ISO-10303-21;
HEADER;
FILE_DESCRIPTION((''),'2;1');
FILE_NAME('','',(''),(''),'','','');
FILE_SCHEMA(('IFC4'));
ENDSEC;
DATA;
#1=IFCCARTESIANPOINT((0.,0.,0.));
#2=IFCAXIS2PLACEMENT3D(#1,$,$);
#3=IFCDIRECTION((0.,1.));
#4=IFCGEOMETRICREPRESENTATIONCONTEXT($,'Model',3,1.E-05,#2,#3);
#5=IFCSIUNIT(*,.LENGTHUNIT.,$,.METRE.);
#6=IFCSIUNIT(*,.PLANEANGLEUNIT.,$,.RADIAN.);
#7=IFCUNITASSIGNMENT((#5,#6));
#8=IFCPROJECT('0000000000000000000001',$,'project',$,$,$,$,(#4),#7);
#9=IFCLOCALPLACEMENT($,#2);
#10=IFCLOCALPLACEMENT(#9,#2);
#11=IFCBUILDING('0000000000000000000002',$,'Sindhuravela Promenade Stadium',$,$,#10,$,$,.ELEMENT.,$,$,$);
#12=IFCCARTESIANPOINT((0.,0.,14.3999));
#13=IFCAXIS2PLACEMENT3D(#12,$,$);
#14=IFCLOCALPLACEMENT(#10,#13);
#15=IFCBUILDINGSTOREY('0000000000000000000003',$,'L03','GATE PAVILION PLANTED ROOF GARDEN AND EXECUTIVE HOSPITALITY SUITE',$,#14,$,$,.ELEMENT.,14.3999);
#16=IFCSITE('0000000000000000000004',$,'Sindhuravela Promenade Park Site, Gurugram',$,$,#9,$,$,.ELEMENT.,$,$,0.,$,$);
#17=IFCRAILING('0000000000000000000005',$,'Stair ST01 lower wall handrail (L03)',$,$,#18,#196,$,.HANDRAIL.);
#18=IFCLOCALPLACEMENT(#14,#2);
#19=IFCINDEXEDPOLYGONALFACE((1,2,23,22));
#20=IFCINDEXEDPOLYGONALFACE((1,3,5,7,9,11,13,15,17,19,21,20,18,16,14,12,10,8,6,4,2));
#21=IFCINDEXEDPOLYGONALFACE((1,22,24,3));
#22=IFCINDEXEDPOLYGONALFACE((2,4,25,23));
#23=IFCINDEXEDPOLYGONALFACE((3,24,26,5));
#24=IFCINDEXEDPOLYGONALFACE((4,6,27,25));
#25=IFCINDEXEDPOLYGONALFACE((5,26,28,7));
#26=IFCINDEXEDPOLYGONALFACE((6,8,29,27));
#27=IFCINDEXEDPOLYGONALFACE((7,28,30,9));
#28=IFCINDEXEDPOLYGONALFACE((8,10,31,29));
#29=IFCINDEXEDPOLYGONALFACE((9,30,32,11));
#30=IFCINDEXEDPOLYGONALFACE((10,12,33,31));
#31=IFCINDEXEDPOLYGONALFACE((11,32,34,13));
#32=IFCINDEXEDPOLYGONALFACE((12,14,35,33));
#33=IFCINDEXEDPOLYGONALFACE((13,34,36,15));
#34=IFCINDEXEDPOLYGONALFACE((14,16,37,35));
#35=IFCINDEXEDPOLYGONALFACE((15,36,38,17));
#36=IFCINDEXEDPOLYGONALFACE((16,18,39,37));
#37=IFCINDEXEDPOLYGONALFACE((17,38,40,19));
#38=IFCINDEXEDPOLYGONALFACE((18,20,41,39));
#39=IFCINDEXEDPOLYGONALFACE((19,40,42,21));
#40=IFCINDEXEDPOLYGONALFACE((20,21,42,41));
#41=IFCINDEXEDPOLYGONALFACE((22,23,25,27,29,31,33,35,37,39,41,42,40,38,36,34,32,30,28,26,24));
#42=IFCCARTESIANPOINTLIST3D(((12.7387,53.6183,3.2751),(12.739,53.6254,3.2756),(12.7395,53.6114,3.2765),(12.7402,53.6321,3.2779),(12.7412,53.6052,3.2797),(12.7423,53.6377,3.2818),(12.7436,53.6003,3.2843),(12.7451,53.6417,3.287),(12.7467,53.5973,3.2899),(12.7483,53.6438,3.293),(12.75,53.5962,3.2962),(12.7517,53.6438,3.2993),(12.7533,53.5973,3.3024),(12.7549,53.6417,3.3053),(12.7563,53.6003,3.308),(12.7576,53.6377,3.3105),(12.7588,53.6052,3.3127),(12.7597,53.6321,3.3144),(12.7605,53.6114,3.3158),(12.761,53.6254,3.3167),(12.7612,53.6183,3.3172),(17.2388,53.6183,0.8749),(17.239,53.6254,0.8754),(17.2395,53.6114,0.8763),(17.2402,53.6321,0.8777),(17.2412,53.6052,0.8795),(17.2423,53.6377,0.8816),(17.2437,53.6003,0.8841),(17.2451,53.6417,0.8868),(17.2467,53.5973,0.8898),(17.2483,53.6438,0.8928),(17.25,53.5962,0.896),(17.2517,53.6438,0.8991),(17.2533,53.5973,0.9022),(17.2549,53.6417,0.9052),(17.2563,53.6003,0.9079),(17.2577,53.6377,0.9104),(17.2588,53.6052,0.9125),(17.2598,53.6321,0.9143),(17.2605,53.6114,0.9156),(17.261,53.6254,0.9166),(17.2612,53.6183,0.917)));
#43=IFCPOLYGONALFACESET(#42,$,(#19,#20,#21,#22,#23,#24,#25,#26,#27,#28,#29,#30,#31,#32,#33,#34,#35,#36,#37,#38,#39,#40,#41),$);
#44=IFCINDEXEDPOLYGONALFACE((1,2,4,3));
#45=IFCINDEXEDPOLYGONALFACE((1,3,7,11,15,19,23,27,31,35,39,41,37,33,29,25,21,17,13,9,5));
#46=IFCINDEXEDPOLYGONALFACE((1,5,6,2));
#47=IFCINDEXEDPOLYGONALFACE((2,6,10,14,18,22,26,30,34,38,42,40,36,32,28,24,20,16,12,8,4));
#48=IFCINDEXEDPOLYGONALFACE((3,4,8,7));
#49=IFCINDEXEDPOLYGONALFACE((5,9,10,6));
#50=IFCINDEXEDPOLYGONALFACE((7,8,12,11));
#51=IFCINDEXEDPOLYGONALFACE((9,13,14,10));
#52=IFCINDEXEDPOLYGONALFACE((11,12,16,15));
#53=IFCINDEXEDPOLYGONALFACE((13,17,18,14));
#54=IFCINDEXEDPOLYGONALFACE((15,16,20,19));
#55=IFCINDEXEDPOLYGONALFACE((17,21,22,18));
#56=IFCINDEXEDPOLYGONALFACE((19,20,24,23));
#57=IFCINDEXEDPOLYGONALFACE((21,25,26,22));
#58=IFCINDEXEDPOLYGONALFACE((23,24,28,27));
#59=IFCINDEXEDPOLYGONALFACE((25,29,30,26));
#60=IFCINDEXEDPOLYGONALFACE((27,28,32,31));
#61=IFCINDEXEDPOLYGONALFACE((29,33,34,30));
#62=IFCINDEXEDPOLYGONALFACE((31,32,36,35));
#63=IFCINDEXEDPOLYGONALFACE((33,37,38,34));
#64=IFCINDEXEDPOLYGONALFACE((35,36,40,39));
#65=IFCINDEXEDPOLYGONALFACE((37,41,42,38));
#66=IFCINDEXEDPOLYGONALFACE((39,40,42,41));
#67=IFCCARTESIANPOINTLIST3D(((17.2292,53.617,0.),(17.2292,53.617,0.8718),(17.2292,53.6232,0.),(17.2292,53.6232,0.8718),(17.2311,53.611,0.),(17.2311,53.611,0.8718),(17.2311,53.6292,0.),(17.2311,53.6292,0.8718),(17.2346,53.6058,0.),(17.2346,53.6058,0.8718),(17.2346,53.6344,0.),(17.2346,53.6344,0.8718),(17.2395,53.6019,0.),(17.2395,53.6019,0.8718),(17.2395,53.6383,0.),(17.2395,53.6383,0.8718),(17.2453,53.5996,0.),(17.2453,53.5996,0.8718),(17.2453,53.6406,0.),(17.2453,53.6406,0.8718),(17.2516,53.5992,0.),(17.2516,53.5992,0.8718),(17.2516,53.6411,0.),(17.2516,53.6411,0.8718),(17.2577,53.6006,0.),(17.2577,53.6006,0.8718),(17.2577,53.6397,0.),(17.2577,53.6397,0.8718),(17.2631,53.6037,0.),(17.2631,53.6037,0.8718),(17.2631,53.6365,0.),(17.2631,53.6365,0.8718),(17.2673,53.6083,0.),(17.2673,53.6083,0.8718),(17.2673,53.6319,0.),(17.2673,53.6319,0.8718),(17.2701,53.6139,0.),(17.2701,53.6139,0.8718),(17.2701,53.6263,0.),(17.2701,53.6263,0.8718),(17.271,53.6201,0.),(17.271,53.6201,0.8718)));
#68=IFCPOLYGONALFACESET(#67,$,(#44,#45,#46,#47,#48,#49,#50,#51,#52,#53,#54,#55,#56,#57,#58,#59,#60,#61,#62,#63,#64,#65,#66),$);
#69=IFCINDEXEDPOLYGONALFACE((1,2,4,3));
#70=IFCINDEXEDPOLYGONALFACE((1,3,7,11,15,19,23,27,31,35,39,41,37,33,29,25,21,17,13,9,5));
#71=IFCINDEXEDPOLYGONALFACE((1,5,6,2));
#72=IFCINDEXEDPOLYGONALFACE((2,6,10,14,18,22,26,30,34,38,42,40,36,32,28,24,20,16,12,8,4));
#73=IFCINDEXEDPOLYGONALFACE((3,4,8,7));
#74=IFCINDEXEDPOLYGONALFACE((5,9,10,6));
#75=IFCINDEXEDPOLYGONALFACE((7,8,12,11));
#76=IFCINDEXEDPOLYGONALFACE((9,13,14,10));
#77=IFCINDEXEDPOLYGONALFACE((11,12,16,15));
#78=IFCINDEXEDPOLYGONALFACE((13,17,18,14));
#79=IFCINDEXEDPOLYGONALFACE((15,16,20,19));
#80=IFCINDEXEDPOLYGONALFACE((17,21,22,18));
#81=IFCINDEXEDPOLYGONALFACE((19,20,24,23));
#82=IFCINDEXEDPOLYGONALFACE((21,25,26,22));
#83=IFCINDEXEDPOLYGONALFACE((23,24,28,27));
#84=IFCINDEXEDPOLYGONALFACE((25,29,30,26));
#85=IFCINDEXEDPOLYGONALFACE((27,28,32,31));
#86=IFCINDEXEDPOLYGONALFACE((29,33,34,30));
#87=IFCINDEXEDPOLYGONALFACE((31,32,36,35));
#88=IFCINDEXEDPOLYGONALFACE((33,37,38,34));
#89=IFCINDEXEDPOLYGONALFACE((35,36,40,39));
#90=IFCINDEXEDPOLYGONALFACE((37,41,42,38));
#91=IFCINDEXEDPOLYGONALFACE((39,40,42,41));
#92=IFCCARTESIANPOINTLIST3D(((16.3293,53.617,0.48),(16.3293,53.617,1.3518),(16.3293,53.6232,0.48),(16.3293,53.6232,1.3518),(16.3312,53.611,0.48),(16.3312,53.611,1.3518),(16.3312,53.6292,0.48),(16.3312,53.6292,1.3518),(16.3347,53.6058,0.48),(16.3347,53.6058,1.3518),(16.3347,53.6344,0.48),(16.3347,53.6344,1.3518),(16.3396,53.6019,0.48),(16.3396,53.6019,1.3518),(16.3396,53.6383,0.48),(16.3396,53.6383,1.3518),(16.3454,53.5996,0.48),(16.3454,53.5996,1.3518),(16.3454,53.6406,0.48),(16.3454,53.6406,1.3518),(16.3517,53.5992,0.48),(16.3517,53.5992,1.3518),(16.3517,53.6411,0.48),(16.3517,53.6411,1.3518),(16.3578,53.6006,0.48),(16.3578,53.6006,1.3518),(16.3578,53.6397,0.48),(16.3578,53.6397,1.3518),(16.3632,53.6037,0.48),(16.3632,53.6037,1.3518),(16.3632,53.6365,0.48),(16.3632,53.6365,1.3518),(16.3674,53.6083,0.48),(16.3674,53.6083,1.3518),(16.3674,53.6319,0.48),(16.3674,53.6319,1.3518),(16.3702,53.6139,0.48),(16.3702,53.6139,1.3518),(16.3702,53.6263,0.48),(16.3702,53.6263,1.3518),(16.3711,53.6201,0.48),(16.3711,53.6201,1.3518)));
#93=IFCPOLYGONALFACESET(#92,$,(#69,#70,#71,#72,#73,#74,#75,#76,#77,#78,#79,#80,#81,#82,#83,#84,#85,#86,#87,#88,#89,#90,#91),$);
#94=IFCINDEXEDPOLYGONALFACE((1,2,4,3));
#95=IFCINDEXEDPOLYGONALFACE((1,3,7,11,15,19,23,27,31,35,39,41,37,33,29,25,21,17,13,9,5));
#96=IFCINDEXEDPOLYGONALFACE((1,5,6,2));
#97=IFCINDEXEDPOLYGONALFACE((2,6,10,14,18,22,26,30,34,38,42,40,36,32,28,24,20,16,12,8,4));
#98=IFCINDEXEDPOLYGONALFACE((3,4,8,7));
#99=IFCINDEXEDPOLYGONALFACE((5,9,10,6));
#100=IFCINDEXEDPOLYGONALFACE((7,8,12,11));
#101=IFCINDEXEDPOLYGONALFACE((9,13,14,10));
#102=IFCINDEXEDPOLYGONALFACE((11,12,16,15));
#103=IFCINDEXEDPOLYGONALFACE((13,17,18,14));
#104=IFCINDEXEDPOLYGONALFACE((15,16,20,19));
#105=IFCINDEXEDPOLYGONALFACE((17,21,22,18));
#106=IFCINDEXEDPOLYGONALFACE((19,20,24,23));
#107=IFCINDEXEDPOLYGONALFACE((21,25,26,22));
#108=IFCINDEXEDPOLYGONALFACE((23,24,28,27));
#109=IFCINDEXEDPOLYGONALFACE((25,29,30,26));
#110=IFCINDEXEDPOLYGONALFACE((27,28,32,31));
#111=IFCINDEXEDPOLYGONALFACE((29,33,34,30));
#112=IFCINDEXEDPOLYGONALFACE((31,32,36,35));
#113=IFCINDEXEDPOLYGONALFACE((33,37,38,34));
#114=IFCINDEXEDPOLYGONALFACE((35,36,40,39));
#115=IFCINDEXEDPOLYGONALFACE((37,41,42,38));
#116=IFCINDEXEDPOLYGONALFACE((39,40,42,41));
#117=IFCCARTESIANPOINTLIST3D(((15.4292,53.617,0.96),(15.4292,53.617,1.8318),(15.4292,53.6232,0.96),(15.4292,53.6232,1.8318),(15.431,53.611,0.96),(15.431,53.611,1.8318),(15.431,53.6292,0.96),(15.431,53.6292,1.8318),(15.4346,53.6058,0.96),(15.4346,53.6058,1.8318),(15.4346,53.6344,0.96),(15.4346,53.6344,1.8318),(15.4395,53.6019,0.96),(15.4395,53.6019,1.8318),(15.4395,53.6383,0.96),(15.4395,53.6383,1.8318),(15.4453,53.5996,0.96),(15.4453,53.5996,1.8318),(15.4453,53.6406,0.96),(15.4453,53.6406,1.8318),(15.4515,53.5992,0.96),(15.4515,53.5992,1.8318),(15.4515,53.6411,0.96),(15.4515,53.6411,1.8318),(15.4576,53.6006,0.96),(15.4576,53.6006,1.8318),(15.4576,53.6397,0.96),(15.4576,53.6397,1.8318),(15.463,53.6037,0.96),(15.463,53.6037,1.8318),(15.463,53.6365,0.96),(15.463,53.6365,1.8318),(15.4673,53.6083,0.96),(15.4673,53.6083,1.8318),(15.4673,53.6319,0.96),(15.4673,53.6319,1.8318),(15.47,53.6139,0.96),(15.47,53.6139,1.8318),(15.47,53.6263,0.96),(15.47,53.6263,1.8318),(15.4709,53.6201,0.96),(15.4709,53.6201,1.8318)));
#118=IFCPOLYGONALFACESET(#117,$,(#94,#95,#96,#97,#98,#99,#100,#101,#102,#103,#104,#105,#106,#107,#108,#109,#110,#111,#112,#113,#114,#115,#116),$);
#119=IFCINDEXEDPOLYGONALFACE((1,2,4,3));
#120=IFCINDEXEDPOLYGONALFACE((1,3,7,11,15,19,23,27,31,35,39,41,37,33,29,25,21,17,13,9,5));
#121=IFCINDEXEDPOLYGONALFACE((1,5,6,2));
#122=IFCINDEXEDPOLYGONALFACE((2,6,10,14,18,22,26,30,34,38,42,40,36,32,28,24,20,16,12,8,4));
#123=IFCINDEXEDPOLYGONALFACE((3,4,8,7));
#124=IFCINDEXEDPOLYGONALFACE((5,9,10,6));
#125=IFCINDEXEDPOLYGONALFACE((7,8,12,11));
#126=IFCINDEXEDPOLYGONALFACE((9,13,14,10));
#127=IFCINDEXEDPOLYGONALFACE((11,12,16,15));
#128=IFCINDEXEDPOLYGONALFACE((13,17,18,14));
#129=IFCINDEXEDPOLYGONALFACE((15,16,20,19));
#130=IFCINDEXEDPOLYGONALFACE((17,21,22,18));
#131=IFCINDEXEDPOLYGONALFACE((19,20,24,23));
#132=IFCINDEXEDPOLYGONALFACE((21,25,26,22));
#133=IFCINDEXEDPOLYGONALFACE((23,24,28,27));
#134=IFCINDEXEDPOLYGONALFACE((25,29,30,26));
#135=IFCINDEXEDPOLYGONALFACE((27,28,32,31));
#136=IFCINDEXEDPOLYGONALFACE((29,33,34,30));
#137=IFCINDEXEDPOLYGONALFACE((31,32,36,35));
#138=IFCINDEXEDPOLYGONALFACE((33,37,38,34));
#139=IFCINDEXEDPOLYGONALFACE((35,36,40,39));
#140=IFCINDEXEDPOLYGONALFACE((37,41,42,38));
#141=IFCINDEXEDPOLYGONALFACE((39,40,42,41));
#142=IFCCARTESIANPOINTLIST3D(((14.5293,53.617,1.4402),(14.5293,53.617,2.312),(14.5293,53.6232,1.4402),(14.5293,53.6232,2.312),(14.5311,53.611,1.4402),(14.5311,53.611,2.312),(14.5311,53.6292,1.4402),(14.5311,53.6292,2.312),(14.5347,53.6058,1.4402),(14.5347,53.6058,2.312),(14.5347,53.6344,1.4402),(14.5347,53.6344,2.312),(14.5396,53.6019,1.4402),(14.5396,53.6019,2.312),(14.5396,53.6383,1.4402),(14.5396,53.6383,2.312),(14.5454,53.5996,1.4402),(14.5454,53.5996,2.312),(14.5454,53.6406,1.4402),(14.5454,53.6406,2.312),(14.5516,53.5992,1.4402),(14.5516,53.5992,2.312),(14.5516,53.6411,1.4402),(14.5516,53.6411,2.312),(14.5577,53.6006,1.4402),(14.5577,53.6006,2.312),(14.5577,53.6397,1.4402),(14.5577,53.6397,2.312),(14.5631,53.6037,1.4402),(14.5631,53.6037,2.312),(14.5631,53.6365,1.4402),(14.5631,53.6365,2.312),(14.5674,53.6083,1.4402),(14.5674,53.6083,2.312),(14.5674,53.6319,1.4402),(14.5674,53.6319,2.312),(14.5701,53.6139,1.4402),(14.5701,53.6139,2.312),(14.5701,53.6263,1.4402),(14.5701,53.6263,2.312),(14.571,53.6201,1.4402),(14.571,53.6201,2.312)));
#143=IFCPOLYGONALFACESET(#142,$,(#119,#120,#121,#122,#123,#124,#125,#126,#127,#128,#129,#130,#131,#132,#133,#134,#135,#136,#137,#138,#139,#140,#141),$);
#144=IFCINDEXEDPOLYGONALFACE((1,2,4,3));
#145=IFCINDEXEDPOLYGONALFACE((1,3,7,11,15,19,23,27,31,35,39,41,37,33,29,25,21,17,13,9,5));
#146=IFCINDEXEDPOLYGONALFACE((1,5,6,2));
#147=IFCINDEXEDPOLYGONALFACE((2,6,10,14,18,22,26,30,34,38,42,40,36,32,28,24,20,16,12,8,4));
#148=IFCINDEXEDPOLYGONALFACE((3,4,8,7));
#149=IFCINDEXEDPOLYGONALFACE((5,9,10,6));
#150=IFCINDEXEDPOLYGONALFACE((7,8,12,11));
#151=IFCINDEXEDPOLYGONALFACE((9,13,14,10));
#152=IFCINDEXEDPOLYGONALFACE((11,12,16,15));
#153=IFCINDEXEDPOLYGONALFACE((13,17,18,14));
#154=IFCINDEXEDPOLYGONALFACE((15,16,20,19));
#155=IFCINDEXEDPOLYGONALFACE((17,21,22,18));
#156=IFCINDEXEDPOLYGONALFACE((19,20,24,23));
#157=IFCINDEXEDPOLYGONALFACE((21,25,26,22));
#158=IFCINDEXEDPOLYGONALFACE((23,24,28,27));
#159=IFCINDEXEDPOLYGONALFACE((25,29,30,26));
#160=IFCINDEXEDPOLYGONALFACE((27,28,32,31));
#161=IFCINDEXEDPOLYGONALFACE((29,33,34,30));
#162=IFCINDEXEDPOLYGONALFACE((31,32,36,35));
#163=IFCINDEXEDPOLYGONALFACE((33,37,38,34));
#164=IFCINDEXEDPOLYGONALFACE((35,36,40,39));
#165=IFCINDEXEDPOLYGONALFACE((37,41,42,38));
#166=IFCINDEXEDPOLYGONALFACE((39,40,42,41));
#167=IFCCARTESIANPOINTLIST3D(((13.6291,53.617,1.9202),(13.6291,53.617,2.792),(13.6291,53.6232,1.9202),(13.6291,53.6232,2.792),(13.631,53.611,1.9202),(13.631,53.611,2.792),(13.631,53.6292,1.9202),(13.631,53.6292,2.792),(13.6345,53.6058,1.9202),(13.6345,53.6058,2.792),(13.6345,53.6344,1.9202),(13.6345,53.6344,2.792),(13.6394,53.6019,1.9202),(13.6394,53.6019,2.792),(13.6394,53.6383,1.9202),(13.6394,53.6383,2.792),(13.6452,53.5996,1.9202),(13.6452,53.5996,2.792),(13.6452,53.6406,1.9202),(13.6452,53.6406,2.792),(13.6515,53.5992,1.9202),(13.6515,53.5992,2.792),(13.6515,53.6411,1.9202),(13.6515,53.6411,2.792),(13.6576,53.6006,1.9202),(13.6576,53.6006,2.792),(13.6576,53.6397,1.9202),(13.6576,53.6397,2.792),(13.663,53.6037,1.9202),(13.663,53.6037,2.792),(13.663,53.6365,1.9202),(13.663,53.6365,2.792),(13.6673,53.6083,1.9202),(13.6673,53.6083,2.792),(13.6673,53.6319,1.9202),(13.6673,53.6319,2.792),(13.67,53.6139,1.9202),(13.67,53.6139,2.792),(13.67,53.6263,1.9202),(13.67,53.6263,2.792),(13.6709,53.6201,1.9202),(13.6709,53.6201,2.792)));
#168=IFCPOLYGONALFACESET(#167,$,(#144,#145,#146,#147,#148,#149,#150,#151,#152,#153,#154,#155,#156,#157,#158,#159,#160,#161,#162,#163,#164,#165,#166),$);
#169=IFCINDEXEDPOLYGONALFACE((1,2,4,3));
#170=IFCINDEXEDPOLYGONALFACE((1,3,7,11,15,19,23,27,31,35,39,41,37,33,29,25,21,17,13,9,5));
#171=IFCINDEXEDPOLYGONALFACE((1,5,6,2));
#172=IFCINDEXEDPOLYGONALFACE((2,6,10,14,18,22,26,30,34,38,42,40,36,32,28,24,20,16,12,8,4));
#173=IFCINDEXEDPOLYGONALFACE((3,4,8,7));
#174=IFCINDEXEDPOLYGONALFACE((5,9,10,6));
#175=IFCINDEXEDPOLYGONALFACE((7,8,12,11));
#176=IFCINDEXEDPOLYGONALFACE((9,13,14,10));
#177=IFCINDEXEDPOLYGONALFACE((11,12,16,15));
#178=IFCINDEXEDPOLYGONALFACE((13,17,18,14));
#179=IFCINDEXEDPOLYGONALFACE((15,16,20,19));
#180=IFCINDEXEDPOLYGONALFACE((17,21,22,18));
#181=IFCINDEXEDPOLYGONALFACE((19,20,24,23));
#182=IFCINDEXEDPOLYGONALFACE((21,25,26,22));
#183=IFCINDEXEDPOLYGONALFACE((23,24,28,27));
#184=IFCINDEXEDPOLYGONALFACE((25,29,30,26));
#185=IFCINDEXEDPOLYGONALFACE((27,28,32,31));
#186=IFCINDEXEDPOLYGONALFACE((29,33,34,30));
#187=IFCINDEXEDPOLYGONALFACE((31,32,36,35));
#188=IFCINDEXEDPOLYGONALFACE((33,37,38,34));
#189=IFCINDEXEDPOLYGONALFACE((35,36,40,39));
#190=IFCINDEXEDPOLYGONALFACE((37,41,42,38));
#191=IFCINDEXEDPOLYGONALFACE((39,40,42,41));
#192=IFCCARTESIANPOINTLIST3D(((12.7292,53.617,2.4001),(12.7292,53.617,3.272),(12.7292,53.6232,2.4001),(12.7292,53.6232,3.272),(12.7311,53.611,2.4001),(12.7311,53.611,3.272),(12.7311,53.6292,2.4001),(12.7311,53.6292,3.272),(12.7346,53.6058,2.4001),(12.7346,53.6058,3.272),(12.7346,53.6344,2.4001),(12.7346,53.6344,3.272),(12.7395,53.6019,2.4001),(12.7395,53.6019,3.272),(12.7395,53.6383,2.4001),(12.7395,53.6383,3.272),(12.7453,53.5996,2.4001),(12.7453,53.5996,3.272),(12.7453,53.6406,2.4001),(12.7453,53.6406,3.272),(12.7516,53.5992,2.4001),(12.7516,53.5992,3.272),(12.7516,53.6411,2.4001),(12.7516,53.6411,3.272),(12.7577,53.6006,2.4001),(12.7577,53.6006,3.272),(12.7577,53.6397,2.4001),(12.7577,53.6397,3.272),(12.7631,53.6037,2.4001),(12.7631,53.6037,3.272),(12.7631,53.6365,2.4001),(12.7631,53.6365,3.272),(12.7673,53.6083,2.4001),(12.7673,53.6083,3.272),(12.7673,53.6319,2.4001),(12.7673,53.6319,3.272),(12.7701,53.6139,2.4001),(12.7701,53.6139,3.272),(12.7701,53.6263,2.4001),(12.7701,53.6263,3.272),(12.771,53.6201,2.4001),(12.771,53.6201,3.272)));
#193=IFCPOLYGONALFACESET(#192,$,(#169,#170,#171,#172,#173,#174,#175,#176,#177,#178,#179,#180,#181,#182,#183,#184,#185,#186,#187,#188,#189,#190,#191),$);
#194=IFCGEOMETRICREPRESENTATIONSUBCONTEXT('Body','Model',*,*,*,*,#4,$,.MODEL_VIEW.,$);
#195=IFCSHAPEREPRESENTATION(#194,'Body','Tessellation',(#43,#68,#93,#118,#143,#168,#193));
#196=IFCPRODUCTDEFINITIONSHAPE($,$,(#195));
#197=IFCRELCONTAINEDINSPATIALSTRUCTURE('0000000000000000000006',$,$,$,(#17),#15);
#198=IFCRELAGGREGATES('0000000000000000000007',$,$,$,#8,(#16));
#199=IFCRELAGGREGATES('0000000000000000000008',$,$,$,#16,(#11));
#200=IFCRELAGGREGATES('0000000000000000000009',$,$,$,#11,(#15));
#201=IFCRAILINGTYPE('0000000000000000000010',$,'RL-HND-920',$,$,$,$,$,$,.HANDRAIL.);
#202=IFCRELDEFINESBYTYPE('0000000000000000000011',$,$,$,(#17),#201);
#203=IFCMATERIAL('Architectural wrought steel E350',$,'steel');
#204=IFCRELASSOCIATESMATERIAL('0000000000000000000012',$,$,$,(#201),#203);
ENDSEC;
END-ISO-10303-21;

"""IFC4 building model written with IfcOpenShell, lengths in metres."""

from ifc_helpers import new_model, si_unit, direction, frame, origin, origin_2d, place, context, subcontext, project, spatial, circle, extrude, material, type_object, element, save


model = new_model("IFC4")

# Units and contexts
model_context = context("Model", 3, precision=1e-05, world=origin(), true_north=direction((0.0, 1.0)))
body_context = subcontext(model_context, "Body", "Model", "MODEL_VIEW")
ifc_project = project(units=[si_unit("LENGTHUNIT", "METRE"), si_unit("PLANEANGLEUNIT", "RADIAN")], contexts=[model_context])

# Site, building, storey
site_placement = place(None, origin())
site = spatial("IfcSite", under=ifc_project, at=site_placement, Name="Sindhuravela Promenade Park Site, Gurugram", CompositionType="ELEMENT", RefElevation=0.0)
building_placement = place(site_placement, origin())
building = spatial("IfcBuilding", under=site, at=building_placement, Name="Sindhuravela Promenade Stadium", CompositionType="ELEMENT")
storey_placement = place(building_placement, frame((0.0, 0.0, 14.3999)))
storey = spatial("IfcBuildingStorey", under=building, at=storey_placement, Name="L03", Description="GATE PAVILION PLANTED ROOF GARDEN AND EXECUTIVE HOSPITALITY SUITE", CompositionType="ELEMENT", Elevation=14.3999)

# Shared definitions
ifc_material_1 = material(Name="Architectural wrought steel E350", Category="steel")

# Railing
railing_type_1 = type_object("IfcRailingType", Name="RL-HND-920", PredefinedType="HANDRAIL", material=ifc_material_1)
railing_1_placement = place(storey_placement, frame((17.25, 53.6201, 0.0)))
element("IfcRailing", 1, at=railing_1_placement, inside=storey, type_object=railing_type_1, Name="Stair ST01 lower wall handrail (L03)", PredefinedType="HANDRAIL", context=body_context, shape_type="SweptSolid", body=[
    extrude(circle(Radius=0.0239, at=origin_2d()), frame((0.0, 0.0, 0.896), z_axis=(-0.882341, 0.0, 0.470611), x_axis=(0.0, -1.0, 0.0)), (0.0, 0.0, 1.0), 5.1001),
    extrude(circle(Radius=0.021, at=origin_2d()), origin(), (0.0, 0.0, 1.0), 0.8718),
    extrude(circle(Radius=0.021, at=origin_2d()), frame((-0.8999, 0.0, 0.48)), (0.0, 0.0, 1.0), 0.8718),
    extrude(circle(Radius=0.021, at=origin_2d()), frame((-1.8, 0.0, 0.96)), (0.0, 0.0, 1.0), 0.8718),
    extrude(circle(Radius=0.021, at=origin_2d()), frame((-2.7, 0.0, 1.4402)), (0.0, 0.0, 1.0), 0.8718),
    extrude(circle(Radius=0.021, at=origin_2d()), frame((-3.6001, 0.0, 1.9202)), (0.0, 0.0, 1.0), 0.8718),
    extrude(circle(Radius=0.021, at=origin_2d()), frame((-4.5, 0.0, 2.4001)), (0.0, 0.0, 1.0), 0.8718),
])

save(model, "model.ifc")
